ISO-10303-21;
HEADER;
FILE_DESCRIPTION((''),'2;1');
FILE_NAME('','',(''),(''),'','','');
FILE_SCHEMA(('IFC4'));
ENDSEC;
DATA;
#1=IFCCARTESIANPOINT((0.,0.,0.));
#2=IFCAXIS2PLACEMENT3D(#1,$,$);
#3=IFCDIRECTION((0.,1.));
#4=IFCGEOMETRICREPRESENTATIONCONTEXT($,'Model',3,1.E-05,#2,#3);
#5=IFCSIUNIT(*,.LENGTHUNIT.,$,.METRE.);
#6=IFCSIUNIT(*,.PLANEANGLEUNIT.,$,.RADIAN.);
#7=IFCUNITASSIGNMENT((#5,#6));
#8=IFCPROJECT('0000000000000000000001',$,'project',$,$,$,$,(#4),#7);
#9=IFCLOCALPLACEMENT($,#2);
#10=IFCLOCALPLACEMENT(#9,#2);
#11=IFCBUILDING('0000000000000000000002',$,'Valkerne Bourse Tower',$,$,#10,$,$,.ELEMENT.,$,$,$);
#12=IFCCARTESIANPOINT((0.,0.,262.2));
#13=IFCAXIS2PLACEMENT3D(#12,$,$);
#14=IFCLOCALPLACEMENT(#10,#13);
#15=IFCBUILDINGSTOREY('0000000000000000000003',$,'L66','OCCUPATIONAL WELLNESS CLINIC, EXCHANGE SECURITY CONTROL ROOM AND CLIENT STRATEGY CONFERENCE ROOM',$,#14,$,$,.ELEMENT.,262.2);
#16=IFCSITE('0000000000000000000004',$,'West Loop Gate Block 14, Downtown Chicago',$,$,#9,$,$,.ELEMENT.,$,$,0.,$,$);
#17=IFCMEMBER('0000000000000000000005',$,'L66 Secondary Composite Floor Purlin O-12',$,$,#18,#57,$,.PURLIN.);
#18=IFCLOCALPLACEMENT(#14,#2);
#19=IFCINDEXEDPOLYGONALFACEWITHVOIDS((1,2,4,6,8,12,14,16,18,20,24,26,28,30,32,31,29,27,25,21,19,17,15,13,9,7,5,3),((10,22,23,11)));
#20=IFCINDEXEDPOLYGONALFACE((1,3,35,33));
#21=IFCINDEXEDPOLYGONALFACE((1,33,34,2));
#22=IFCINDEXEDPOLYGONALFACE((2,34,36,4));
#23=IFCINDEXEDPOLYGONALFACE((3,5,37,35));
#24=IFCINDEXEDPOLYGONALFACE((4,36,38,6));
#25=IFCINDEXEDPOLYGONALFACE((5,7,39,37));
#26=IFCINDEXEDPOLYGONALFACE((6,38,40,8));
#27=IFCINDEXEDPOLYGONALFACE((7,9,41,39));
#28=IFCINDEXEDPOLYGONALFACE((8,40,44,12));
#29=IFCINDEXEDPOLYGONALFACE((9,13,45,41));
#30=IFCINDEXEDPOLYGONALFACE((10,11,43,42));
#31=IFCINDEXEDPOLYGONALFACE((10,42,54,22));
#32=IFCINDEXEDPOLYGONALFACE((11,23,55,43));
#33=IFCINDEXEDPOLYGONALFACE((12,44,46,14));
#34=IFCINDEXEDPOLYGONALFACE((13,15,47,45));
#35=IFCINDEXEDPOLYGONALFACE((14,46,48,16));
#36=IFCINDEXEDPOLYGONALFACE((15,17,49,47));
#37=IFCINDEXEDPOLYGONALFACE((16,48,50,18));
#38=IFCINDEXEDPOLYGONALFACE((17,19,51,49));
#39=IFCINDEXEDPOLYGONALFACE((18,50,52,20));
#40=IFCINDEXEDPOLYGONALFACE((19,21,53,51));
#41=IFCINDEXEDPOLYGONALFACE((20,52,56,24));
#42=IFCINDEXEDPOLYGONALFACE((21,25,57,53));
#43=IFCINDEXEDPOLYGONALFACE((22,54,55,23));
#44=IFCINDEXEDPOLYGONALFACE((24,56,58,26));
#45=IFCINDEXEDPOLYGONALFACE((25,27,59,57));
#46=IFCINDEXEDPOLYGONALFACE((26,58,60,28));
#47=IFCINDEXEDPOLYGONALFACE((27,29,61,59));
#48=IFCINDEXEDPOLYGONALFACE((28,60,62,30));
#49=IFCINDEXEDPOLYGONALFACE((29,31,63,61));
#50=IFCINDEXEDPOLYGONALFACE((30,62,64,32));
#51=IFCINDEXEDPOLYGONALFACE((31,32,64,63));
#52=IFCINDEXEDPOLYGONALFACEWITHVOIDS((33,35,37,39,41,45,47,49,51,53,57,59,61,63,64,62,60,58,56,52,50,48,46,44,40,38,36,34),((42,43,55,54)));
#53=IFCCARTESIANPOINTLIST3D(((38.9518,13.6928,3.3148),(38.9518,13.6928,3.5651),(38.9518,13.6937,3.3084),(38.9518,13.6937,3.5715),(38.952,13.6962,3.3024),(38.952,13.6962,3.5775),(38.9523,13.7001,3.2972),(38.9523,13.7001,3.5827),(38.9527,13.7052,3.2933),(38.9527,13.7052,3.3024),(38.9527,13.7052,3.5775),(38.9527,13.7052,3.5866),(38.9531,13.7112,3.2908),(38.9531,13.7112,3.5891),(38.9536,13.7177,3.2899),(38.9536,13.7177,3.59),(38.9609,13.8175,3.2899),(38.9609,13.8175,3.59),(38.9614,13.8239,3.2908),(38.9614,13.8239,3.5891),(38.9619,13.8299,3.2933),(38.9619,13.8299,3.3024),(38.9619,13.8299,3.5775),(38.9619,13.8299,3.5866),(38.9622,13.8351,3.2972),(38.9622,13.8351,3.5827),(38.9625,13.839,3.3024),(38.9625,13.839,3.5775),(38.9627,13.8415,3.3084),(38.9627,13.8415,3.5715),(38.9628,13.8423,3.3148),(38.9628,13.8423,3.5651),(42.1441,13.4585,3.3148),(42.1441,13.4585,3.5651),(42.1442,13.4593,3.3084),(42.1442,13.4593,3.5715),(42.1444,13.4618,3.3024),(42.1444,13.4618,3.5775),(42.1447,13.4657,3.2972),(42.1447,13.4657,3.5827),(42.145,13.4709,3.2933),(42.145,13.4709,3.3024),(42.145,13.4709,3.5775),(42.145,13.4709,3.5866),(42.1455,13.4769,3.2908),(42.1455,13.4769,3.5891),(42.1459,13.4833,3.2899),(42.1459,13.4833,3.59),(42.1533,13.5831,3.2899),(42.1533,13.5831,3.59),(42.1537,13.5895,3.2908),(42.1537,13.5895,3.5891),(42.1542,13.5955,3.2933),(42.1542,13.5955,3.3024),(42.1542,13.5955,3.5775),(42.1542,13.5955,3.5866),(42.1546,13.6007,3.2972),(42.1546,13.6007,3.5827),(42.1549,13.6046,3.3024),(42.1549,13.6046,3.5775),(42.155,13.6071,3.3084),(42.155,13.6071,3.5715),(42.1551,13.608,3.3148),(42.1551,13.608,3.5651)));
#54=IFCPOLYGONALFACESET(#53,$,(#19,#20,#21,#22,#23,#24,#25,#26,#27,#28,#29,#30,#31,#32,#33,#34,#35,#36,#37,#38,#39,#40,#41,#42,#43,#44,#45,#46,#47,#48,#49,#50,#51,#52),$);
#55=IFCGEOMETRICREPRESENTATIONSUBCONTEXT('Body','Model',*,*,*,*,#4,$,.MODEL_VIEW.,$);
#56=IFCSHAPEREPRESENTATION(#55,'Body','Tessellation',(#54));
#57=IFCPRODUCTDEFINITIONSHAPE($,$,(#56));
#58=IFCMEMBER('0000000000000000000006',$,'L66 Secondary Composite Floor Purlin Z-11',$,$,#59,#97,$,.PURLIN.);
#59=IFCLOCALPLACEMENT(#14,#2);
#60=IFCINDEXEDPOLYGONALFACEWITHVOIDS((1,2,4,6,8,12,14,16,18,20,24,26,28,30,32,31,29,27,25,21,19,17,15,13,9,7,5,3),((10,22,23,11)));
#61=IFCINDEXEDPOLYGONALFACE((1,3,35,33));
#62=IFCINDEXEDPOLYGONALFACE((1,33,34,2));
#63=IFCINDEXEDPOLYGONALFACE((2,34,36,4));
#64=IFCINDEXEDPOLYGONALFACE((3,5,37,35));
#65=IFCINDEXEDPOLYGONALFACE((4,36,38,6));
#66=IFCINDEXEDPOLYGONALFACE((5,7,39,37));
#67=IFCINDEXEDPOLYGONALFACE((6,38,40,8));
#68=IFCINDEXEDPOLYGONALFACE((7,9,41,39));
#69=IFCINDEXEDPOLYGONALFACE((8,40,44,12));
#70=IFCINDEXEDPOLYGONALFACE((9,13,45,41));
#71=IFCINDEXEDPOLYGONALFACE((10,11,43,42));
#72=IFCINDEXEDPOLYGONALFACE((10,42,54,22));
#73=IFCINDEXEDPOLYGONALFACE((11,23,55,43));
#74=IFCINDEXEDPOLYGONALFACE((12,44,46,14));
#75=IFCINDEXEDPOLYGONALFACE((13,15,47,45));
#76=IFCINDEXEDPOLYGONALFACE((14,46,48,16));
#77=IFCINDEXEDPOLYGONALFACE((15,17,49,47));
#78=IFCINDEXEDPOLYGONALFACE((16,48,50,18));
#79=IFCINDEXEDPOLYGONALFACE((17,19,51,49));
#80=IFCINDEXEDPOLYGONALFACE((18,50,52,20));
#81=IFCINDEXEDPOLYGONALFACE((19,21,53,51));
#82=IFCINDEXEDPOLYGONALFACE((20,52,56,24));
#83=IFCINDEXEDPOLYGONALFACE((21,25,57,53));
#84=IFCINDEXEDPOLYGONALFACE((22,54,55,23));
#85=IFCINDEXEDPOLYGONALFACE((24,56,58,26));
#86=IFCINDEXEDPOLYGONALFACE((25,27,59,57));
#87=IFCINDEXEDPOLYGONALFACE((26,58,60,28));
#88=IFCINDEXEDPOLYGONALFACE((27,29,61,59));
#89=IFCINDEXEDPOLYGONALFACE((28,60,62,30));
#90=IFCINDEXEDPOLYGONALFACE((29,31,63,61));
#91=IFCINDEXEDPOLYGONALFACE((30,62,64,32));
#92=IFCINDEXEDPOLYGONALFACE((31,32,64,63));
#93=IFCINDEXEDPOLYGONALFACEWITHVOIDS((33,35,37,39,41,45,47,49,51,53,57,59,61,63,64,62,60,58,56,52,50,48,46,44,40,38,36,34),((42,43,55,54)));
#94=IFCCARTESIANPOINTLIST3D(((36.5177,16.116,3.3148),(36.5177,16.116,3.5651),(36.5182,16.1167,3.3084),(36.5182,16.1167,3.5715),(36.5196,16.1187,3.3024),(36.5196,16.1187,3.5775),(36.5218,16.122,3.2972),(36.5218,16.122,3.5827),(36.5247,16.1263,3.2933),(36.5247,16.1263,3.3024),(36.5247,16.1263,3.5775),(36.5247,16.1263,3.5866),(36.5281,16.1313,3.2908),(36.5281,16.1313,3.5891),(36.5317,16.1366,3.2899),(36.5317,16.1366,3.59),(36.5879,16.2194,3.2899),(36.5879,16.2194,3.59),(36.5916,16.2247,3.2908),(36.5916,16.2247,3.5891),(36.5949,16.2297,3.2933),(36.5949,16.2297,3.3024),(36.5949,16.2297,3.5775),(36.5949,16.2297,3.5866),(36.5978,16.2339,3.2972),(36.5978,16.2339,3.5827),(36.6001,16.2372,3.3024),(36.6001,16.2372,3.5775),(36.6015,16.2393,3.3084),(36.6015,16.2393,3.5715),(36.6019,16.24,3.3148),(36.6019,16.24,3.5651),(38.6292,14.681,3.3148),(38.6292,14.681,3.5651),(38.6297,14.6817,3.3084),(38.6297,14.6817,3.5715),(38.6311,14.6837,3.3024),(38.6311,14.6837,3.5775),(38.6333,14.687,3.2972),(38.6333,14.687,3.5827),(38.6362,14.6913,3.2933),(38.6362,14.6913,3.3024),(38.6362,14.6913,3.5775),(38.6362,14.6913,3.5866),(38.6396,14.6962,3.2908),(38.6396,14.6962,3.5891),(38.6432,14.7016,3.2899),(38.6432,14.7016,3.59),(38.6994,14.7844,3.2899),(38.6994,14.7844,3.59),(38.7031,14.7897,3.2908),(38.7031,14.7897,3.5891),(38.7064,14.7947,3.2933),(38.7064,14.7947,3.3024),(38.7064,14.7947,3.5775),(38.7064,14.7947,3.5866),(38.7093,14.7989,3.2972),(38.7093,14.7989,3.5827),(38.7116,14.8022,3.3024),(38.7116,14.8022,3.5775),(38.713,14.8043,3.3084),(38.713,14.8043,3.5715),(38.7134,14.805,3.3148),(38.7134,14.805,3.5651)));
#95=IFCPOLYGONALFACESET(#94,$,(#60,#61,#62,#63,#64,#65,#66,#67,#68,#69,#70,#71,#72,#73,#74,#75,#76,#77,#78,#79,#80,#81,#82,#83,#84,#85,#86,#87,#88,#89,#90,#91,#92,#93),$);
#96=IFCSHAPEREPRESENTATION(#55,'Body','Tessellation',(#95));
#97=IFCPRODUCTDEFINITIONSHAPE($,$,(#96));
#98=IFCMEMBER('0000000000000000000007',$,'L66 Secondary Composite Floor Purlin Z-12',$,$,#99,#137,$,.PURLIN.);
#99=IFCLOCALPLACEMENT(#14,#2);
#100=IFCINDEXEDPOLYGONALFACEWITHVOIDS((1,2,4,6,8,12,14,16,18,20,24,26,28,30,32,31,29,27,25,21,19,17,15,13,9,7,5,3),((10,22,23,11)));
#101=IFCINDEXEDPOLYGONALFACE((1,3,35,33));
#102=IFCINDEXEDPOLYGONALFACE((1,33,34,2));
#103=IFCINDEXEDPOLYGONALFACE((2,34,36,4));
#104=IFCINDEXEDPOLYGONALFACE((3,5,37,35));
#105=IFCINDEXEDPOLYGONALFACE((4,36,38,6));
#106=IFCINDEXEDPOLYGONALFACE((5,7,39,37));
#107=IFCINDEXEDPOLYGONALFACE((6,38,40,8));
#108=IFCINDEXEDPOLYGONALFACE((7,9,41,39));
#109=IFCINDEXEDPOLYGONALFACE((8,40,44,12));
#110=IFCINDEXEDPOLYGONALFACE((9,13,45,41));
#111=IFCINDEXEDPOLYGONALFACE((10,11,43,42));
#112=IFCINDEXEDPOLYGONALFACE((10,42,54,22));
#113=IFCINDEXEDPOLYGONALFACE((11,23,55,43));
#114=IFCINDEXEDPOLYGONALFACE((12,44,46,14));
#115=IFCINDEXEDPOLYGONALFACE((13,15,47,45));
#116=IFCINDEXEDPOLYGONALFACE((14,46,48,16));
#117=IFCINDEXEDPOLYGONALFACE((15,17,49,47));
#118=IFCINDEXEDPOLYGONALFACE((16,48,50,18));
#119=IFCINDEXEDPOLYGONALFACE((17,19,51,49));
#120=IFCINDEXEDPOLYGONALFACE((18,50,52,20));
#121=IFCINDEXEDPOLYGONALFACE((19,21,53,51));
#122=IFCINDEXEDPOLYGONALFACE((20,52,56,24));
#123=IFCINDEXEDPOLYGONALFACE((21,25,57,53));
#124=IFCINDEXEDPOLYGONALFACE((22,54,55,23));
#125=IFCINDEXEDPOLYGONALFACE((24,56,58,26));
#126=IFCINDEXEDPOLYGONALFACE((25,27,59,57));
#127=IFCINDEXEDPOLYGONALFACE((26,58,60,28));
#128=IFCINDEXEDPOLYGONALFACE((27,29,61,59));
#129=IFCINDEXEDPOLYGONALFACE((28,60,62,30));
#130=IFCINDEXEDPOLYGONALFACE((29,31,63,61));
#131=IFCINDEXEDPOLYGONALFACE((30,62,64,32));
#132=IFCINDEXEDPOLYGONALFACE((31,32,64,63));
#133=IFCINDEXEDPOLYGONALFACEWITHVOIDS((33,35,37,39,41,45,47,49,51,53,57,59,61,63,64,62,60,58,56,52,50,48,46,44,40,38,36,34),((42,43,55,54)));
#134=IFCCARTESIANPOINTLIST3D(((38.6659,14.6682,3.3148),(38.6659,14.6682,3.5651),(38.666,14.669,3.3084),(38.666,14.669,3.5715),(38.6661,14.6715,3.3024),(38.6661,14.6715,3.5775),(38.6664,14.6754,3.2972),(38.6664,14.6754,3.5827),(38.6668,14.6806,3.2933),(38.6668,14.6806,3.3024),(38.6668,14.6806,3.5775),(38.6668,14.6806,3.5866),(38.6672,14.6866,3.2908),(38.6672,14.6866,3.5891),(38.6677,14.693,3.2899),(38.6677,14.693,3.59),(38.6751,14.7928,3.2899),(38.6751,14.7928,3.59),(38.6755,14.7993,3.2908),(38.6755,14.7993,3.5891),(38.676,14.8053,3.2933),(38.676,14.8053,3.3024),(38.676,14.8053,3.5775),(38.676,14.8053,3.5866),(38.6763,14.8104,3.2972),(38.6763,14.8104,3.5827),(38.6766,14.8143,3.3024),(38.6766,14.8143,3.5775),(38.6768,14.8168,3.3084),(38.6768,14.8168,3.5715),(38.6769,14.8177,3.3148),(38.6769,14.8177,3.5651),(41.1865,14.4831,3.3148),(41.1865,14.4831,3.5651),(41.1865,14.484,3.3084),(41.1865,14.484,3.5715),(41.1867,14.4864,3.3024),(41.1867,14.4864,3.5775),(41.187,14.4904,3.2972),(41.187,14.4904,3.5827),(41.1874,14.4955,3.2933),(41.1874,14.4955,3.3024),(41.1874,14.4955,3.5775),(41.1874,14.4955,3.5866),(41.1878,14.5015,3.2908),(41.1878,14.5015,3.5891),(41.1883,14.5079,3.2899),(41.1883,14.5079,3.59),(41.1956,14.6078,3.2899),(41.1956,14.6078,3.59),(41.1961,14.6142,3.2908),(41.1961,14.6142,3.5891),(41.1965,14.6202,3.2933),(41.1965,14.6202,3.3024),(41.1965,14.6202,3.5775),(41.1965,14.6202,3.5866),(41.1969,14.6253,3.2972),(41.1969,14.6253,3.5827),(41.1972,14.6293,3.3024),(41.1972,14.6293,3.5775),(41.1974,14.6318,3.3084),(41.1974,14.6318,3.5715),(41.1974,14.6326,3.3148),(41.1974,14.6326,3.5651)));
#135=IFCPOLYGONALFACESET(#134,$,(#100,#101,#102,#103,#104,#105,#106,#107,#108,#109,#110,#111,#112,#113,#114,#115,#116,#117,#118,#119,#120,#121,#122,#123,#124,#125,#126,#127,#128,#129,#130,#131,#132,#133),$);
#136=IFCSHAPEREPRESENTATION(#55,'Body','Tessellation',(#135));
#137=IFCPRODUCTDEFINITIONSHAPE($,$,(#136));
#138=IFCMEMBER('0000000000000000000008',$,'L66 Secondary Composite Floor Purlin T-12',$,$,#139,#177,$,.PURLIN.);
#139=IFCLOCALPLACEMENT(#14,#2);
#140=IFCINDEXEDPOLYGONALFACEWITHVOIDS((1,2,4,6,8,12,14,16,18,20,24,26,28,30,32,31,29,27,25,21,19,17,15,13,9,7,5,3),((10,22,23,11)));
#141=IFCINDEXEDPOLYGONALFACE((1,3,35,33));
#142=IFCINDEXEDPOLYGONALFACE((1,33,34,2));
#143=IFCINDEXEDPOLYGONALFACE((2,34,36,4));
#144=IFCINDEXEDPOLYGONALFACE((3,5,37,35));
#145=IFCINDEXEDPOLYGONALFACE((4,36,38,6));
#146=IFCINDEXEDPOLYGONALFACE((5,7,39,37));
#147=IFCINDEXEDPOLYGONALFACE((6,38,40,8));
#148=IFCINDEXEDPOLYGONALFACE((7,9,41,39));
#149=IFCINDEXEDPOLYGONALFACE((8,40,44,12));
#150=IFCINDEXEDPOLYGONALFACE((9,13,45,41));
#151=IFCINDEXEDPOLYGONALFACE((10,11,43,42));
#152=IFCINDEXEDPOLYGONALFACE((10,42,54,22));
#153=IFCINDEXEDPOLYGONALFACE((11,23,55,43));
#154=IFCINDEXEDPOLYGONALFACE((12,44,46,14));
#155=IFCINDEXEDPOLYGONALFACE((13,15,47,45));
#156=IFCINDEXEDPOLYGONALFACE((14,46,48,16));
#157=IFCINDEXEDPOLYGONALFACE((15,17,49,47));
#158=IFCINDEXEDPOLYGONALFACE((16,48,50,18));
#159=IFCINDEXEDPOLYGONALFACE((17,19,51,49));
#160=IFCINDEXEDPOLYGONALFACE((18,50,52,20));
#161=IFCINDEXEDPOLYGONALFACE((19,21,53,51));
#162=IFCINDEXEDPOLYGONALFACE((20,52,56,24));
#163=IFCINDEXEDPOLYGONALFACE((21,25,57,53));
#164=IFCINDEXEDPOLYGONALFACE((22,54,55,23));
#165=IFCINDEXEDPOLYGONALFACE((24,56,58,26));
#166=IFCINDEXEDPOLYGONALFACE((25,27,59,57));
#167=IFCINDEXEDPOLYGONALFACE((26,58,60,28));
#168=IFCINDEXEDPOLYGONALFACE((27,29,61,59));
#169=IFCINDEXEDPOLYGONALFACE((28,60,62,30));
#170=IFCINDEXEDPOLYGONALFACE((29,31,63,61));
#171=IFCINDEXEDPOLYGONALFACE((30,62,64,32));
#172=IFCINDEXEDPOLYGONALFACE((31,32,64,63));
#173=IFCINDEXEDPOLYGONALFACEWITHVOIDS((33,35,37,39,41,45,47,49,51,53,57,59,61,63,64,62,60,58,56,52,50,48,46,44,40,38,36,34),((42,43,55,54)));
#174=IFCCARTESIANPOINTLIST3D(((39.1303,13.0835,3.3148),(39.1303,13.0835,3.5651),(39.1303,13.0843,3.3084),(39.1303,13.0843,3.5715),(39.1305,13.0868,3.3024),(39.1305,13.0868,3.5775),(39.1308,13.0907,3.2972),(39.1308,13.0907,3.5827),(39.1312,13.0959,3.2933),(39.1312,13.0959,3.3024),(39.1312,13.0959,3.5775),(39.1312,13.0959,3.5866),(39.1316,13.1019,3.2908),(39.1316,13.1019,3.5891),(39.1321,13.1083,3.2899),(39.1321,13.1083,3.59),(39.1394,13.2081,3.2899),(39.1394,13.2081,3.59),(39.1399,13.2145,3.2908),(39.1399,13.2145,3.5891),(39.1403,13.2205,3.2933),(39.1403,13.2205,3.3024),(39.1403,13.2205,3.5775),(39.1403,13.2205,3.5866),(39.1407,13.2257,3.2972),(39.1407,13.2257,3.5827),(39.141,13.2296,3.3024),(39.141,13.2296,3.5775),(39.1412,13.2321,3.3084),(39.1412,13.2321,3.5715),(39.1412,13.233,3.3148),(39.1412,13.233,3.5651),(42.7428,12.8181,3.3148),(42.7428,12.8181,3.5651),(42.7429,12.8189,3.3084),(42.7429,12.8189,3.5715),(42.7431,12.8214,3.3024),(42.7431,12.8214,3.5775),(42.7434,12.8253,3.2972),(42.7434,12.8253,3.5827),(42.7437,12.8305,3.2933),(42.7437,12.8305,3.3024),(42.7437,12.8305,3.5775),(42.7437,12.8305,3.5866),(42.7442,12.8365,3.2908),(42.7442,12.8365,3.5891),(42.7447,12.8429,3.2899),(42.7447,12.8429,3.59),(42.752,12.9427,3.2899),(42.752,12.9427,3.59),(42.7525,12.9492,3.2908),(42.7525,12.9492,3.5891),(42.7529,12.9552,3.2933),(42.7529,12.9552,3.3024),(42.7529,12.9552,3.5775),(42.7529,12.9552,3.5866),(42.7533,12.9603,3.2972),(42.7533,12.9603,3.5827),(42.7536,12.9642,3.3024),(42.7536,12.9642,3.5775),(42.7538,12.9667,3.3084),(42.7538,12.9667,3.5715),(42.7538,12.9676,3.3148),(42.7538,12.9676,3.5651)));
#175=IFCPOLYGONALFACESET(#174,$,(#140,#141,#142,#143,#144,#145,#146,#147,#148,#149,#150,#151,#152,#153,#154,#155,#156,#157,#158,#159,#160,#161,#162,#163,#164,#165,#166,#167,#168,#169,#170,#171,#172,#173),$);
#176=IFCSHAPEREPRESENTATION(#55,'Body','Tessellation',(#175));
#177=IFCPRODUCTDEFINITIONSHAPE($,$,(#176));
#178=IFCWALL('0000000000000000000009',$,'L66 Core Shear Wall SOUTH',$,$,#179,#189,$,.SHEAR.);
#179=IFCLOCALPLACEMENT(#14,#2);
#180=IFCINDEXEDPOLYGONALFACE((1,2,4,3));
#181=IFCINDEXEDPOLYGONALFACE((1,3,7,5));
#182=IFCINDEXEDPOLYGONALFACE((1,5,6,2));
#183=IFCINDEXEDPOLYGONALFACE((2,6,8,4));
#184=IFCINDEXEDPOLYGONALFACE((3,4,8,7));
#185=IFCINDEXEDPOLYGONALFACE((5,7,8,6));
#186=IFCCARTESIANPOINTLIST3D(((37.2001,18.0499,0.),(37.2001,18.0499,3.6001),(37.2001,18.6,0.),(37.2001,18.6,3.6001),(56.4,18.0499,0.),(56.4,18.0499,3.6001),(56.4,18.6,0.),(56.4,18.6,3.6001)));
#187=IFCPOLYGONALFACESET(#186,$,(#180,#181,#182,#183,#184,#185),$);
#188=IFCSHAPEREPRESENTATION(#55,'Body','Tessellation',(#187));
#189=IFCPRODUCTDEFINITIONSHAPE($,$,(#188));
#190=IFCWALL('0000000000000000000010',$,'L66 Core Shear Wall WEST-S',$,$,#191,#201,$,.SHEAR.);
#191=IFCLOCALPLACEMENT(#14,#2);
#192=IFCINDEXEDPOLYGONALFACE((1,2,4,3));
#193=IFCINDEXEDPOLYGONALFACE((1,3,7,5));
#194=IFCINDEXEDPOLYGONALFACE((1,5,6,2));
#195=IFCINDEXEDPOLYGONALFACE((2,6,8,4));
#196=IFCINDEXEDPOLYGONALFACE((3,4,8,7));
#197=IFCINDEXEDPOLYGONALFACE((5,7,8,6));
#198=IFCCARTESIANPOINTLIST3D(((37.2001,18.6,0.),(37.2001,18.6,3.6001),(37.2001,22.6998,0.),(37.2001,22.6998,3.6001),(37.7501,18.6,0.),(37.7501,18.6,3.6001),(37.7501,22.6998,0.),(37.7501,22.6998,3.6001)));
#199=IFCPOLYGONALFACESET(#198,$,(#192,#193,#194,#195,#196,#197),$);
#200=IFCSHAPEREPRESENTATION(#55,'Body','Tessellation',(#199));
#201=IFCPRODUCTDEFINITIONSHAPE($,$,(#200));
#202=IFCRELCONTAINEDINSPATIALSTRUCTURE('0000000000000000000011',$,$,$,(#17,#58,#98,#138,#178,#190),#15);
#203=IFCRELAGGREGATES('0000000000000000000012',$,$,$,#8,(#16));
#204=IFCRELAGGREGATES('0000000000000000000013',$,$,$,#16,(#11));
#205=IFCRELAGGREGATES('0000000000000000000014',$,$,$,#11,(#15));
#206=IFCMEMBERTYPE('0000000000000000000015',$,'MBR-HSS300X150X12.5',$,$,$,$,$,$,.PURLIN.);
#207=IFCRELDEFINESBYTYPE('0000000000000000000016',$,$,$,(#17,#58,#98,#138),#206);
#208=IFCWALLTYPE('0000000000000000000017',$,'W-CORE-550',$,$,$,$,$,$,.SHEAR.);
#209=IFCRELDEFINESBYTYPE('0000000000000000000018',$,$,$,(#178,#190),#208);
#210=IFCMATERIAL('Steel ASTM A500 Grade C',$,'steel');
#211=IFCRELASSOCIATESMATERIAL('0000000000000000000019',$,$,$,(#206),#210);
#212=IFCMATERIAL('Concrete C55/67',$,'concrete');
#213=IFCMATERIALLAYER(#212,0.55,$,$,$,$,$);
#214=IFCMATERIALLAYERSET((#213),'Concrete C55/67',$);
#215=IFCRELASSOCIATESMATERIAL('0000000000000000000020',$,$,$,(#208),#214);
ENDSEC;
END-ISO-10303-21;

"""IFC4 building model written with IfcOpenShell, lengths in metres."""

from ifc_helpers import new_model, si_unit, direction, frame, frame_2d, origin, origin_2d, place, context, subcontext, project, spatial, rectangle, hollow_rectangle, extrude, material, layer, layer_set, material_profile, profile_set, type_object, element, save


model = new_model("IFC4")

# Units and contexts
model_context = context("Model", 3, precision=1e-05, world=origin(), true_north=direction((0.0, 1.0)))
body_context = subcontext(model_context, "Body", "Model", "MODEL_VIEW")
ifc_project = project(units=[si_unit("LENGTHUNIT", "METRE"), si_unit("PLANEANGLEUNIT", "RADIAN")], contexts=[model_context])

# Site, building, storey
site_placement = place(None, origin())
site = spatial("IfcSite", under=ifc_project, at=site_placement, Name="West Loop Gate Block 14, Downtown Chicago", CompositionType="ELEMENT", RefElevation=0.0)
building_placement = place(site_placement, origin())
building = spatial("IfcBuilding", under=site, at=building_placement, Name="Valkerne Bourse Tower", CompositionType="ELEMENT")
storey_placement = place(building_placement, frame((0.0, 0.0, 262.2)))
storey = spatial("IfcBuildingStorey", under=building, at=storey_placement, Name="L66", Description="OCCUPATIONAL WELLNESS CLINIC, EXCHANGE SECURITY CONTROL ROOM AND CLIENT STRATEGY CONFERENCE ROOM", CompositionType="ELEMENT", Elevation=262.2)

# Members
ifc_material_1 = material(Name="Steel ASTM A500 Grade C", Category="steel")
ifc_material_profile_1 = material_profile(ifc_material_1, hollow_rectangle(XDim=0.1499, YDim=0.3, WallThickness=0.0125, OuterFilletRadius=0.0249, at=origin_2d()), Name="HSS300X150X12.5")
ifc_profile_set_1 = profile_set([ifc_material_profile_1], Name="Steel ASTM A500 Grade C")
member_type_1 = type_object("IfcMemberType", Name="MBR-HSS300X150X12.5", PredefinedType="PURLIN", material=ifc_profile_set_1)
member_1_placement = place(storey_placement, frame((38.9573, 13.7676, 3.4399), z_axis=(0.997316, -0.07322, 0.0), x_axis=(0.07322, 0.997316, 0.0)))
element("IfcMember", 1, at=member_1_placement, inside=storey, type_object=member_type_1, Name="L66 Secondary Composite Floor Purlin O-12", PredefinedType="PURLIN", context=body_context, shape_type="SweptSolid", body=[
    extrude(hollow_rectangle(XDim=0.1499, YDim=0.3, WallThickness=0.0125, OuterFilletRadius=0.0249, at=origin_2d()), origin(), (0.0, 0.0, 1.0), 3.2009),
])
member_2_placement = place(storey_placement, frame((36.5598, 16.178, 3.4399), z_axis=(0.827074, -0.562093, 0.0), x_axis=(0.562093, 0.827074, 0.0)))
element("IfcMember", 2, at=member_2_placement, inside=storey, type_object=member_type_1, Name="L66 Secondary Composite Floor Purlin Z-11", PredefinedType="PURLIN", context=body_context, shape_type="SweptSolid", body=[
    extrude(hollow_rectangle(XDim=0.1499, YDim=0.3, WallThickness=0.0125, OuterFilletRadius=0.0249, at=origin_2d()), origin(), (0.0, 0.0, 1.0), 2.553),
])
member_3_placement = place(storey_placement, frame((38.6714, 14.7429, 3.4399), z_axis=(0.997316, -0.073224, 0.0), x_axis=(0.073224, 0.997316, 0.0)))
element("IfcMember", 3, at=member_3_placement, inside=storey, type_object=member_type_1, Name="L66 Secondary Composite Floor Purlin Z-12", PredefinedType="PURLIN", context=body_context, shape_type="SweptSolid", body=[
    extrude(hollow_rectangle(XDim=0.1499, YDim=0.3, WallThickness=0.0125, OuterFilletRadius=0.0249, at=origin_2d()), origin(), (0.0, 0.0, 1.0), 2.5273),
])
member_4_placement = place(storey_placement, frame((39.1357, 13.1582, 3.4399), z_axis=(0.997313, -0.073263, 0.0), x_axis=(0.073263, 0.997313, 0.0)))
element("IfcMember", 4, at=member_4_placement, inside=storey, type_object=member_type_1, Name="L66 Secondary Composite Floor Purlin T-12", PredefinedType="PURLIN", context=body_context, shape_type="SweptSolid", body=[
    extrude(hollow_rectangle(XDim=0.1499, YDim=0.3, WallThickness=0.0125, OuterFilletRadius=0.0249, at=origin_2d()), origin(), (0.0, 0.0, 1.0), 3.6223),
])

# Walls
ifc_material_2 = material(Name="Concrete C55/67", Category="concrete")
ifc_layer_1 = layer(ifc_material_2, 0.55)
ifc_layer_set_1 = layer_set([ifc_layer_1], Name="Concrete C55/67")
wall_type_1 = type_object("IfcWallType", Name="W-CORE-550", PredefinedType="SHEAR", material=ifc_layer_set_1)
wall_1_placement = place(storey_placement, frame((37.2, 18.325, 0.0), z_axis=(0.0, 0.0, 1.0), x_axis=(1.0, 0.0, 0.0)))
element("IfcWall", 5, at=wall_1_placement, inside=storey, type_object=wall_type_1, Name="L66 Core Shear Wall SOUTH", PredefinedType="SHEAR", context=body_context, shape_type="SweptSolid", body=[
    extrude(rectangle(XDim=19.2, YDim=0.55, at=frame_2d((9.6001, 0.0))), origin(), (0.0, 0.0, 1.0), 3.6001),
])
wall_2_placement = place(storey_placement, frame((37.4751, 18.6001, 0.0), z_axis=(0.0, 0.0, 1.0), x_axis=(0.0, 1.0, 0.0)))
element("IfcWall", 6, at=wall_2_placement, inside=storey, type_object=wall_type_1, Name="L66 Core Shear Wall WEST-S", PredefinedType="SHEAR", context=body_context, shape_type="SweptSolid", body=[
    extrude(rectangle(XDim=4.0999, YDim=0.55, at=frame_2d((2.0498, 0.0))), origin(), (0.0, 0.0, 1.0), 3.6001),
])

save(model, "model.ifc")
